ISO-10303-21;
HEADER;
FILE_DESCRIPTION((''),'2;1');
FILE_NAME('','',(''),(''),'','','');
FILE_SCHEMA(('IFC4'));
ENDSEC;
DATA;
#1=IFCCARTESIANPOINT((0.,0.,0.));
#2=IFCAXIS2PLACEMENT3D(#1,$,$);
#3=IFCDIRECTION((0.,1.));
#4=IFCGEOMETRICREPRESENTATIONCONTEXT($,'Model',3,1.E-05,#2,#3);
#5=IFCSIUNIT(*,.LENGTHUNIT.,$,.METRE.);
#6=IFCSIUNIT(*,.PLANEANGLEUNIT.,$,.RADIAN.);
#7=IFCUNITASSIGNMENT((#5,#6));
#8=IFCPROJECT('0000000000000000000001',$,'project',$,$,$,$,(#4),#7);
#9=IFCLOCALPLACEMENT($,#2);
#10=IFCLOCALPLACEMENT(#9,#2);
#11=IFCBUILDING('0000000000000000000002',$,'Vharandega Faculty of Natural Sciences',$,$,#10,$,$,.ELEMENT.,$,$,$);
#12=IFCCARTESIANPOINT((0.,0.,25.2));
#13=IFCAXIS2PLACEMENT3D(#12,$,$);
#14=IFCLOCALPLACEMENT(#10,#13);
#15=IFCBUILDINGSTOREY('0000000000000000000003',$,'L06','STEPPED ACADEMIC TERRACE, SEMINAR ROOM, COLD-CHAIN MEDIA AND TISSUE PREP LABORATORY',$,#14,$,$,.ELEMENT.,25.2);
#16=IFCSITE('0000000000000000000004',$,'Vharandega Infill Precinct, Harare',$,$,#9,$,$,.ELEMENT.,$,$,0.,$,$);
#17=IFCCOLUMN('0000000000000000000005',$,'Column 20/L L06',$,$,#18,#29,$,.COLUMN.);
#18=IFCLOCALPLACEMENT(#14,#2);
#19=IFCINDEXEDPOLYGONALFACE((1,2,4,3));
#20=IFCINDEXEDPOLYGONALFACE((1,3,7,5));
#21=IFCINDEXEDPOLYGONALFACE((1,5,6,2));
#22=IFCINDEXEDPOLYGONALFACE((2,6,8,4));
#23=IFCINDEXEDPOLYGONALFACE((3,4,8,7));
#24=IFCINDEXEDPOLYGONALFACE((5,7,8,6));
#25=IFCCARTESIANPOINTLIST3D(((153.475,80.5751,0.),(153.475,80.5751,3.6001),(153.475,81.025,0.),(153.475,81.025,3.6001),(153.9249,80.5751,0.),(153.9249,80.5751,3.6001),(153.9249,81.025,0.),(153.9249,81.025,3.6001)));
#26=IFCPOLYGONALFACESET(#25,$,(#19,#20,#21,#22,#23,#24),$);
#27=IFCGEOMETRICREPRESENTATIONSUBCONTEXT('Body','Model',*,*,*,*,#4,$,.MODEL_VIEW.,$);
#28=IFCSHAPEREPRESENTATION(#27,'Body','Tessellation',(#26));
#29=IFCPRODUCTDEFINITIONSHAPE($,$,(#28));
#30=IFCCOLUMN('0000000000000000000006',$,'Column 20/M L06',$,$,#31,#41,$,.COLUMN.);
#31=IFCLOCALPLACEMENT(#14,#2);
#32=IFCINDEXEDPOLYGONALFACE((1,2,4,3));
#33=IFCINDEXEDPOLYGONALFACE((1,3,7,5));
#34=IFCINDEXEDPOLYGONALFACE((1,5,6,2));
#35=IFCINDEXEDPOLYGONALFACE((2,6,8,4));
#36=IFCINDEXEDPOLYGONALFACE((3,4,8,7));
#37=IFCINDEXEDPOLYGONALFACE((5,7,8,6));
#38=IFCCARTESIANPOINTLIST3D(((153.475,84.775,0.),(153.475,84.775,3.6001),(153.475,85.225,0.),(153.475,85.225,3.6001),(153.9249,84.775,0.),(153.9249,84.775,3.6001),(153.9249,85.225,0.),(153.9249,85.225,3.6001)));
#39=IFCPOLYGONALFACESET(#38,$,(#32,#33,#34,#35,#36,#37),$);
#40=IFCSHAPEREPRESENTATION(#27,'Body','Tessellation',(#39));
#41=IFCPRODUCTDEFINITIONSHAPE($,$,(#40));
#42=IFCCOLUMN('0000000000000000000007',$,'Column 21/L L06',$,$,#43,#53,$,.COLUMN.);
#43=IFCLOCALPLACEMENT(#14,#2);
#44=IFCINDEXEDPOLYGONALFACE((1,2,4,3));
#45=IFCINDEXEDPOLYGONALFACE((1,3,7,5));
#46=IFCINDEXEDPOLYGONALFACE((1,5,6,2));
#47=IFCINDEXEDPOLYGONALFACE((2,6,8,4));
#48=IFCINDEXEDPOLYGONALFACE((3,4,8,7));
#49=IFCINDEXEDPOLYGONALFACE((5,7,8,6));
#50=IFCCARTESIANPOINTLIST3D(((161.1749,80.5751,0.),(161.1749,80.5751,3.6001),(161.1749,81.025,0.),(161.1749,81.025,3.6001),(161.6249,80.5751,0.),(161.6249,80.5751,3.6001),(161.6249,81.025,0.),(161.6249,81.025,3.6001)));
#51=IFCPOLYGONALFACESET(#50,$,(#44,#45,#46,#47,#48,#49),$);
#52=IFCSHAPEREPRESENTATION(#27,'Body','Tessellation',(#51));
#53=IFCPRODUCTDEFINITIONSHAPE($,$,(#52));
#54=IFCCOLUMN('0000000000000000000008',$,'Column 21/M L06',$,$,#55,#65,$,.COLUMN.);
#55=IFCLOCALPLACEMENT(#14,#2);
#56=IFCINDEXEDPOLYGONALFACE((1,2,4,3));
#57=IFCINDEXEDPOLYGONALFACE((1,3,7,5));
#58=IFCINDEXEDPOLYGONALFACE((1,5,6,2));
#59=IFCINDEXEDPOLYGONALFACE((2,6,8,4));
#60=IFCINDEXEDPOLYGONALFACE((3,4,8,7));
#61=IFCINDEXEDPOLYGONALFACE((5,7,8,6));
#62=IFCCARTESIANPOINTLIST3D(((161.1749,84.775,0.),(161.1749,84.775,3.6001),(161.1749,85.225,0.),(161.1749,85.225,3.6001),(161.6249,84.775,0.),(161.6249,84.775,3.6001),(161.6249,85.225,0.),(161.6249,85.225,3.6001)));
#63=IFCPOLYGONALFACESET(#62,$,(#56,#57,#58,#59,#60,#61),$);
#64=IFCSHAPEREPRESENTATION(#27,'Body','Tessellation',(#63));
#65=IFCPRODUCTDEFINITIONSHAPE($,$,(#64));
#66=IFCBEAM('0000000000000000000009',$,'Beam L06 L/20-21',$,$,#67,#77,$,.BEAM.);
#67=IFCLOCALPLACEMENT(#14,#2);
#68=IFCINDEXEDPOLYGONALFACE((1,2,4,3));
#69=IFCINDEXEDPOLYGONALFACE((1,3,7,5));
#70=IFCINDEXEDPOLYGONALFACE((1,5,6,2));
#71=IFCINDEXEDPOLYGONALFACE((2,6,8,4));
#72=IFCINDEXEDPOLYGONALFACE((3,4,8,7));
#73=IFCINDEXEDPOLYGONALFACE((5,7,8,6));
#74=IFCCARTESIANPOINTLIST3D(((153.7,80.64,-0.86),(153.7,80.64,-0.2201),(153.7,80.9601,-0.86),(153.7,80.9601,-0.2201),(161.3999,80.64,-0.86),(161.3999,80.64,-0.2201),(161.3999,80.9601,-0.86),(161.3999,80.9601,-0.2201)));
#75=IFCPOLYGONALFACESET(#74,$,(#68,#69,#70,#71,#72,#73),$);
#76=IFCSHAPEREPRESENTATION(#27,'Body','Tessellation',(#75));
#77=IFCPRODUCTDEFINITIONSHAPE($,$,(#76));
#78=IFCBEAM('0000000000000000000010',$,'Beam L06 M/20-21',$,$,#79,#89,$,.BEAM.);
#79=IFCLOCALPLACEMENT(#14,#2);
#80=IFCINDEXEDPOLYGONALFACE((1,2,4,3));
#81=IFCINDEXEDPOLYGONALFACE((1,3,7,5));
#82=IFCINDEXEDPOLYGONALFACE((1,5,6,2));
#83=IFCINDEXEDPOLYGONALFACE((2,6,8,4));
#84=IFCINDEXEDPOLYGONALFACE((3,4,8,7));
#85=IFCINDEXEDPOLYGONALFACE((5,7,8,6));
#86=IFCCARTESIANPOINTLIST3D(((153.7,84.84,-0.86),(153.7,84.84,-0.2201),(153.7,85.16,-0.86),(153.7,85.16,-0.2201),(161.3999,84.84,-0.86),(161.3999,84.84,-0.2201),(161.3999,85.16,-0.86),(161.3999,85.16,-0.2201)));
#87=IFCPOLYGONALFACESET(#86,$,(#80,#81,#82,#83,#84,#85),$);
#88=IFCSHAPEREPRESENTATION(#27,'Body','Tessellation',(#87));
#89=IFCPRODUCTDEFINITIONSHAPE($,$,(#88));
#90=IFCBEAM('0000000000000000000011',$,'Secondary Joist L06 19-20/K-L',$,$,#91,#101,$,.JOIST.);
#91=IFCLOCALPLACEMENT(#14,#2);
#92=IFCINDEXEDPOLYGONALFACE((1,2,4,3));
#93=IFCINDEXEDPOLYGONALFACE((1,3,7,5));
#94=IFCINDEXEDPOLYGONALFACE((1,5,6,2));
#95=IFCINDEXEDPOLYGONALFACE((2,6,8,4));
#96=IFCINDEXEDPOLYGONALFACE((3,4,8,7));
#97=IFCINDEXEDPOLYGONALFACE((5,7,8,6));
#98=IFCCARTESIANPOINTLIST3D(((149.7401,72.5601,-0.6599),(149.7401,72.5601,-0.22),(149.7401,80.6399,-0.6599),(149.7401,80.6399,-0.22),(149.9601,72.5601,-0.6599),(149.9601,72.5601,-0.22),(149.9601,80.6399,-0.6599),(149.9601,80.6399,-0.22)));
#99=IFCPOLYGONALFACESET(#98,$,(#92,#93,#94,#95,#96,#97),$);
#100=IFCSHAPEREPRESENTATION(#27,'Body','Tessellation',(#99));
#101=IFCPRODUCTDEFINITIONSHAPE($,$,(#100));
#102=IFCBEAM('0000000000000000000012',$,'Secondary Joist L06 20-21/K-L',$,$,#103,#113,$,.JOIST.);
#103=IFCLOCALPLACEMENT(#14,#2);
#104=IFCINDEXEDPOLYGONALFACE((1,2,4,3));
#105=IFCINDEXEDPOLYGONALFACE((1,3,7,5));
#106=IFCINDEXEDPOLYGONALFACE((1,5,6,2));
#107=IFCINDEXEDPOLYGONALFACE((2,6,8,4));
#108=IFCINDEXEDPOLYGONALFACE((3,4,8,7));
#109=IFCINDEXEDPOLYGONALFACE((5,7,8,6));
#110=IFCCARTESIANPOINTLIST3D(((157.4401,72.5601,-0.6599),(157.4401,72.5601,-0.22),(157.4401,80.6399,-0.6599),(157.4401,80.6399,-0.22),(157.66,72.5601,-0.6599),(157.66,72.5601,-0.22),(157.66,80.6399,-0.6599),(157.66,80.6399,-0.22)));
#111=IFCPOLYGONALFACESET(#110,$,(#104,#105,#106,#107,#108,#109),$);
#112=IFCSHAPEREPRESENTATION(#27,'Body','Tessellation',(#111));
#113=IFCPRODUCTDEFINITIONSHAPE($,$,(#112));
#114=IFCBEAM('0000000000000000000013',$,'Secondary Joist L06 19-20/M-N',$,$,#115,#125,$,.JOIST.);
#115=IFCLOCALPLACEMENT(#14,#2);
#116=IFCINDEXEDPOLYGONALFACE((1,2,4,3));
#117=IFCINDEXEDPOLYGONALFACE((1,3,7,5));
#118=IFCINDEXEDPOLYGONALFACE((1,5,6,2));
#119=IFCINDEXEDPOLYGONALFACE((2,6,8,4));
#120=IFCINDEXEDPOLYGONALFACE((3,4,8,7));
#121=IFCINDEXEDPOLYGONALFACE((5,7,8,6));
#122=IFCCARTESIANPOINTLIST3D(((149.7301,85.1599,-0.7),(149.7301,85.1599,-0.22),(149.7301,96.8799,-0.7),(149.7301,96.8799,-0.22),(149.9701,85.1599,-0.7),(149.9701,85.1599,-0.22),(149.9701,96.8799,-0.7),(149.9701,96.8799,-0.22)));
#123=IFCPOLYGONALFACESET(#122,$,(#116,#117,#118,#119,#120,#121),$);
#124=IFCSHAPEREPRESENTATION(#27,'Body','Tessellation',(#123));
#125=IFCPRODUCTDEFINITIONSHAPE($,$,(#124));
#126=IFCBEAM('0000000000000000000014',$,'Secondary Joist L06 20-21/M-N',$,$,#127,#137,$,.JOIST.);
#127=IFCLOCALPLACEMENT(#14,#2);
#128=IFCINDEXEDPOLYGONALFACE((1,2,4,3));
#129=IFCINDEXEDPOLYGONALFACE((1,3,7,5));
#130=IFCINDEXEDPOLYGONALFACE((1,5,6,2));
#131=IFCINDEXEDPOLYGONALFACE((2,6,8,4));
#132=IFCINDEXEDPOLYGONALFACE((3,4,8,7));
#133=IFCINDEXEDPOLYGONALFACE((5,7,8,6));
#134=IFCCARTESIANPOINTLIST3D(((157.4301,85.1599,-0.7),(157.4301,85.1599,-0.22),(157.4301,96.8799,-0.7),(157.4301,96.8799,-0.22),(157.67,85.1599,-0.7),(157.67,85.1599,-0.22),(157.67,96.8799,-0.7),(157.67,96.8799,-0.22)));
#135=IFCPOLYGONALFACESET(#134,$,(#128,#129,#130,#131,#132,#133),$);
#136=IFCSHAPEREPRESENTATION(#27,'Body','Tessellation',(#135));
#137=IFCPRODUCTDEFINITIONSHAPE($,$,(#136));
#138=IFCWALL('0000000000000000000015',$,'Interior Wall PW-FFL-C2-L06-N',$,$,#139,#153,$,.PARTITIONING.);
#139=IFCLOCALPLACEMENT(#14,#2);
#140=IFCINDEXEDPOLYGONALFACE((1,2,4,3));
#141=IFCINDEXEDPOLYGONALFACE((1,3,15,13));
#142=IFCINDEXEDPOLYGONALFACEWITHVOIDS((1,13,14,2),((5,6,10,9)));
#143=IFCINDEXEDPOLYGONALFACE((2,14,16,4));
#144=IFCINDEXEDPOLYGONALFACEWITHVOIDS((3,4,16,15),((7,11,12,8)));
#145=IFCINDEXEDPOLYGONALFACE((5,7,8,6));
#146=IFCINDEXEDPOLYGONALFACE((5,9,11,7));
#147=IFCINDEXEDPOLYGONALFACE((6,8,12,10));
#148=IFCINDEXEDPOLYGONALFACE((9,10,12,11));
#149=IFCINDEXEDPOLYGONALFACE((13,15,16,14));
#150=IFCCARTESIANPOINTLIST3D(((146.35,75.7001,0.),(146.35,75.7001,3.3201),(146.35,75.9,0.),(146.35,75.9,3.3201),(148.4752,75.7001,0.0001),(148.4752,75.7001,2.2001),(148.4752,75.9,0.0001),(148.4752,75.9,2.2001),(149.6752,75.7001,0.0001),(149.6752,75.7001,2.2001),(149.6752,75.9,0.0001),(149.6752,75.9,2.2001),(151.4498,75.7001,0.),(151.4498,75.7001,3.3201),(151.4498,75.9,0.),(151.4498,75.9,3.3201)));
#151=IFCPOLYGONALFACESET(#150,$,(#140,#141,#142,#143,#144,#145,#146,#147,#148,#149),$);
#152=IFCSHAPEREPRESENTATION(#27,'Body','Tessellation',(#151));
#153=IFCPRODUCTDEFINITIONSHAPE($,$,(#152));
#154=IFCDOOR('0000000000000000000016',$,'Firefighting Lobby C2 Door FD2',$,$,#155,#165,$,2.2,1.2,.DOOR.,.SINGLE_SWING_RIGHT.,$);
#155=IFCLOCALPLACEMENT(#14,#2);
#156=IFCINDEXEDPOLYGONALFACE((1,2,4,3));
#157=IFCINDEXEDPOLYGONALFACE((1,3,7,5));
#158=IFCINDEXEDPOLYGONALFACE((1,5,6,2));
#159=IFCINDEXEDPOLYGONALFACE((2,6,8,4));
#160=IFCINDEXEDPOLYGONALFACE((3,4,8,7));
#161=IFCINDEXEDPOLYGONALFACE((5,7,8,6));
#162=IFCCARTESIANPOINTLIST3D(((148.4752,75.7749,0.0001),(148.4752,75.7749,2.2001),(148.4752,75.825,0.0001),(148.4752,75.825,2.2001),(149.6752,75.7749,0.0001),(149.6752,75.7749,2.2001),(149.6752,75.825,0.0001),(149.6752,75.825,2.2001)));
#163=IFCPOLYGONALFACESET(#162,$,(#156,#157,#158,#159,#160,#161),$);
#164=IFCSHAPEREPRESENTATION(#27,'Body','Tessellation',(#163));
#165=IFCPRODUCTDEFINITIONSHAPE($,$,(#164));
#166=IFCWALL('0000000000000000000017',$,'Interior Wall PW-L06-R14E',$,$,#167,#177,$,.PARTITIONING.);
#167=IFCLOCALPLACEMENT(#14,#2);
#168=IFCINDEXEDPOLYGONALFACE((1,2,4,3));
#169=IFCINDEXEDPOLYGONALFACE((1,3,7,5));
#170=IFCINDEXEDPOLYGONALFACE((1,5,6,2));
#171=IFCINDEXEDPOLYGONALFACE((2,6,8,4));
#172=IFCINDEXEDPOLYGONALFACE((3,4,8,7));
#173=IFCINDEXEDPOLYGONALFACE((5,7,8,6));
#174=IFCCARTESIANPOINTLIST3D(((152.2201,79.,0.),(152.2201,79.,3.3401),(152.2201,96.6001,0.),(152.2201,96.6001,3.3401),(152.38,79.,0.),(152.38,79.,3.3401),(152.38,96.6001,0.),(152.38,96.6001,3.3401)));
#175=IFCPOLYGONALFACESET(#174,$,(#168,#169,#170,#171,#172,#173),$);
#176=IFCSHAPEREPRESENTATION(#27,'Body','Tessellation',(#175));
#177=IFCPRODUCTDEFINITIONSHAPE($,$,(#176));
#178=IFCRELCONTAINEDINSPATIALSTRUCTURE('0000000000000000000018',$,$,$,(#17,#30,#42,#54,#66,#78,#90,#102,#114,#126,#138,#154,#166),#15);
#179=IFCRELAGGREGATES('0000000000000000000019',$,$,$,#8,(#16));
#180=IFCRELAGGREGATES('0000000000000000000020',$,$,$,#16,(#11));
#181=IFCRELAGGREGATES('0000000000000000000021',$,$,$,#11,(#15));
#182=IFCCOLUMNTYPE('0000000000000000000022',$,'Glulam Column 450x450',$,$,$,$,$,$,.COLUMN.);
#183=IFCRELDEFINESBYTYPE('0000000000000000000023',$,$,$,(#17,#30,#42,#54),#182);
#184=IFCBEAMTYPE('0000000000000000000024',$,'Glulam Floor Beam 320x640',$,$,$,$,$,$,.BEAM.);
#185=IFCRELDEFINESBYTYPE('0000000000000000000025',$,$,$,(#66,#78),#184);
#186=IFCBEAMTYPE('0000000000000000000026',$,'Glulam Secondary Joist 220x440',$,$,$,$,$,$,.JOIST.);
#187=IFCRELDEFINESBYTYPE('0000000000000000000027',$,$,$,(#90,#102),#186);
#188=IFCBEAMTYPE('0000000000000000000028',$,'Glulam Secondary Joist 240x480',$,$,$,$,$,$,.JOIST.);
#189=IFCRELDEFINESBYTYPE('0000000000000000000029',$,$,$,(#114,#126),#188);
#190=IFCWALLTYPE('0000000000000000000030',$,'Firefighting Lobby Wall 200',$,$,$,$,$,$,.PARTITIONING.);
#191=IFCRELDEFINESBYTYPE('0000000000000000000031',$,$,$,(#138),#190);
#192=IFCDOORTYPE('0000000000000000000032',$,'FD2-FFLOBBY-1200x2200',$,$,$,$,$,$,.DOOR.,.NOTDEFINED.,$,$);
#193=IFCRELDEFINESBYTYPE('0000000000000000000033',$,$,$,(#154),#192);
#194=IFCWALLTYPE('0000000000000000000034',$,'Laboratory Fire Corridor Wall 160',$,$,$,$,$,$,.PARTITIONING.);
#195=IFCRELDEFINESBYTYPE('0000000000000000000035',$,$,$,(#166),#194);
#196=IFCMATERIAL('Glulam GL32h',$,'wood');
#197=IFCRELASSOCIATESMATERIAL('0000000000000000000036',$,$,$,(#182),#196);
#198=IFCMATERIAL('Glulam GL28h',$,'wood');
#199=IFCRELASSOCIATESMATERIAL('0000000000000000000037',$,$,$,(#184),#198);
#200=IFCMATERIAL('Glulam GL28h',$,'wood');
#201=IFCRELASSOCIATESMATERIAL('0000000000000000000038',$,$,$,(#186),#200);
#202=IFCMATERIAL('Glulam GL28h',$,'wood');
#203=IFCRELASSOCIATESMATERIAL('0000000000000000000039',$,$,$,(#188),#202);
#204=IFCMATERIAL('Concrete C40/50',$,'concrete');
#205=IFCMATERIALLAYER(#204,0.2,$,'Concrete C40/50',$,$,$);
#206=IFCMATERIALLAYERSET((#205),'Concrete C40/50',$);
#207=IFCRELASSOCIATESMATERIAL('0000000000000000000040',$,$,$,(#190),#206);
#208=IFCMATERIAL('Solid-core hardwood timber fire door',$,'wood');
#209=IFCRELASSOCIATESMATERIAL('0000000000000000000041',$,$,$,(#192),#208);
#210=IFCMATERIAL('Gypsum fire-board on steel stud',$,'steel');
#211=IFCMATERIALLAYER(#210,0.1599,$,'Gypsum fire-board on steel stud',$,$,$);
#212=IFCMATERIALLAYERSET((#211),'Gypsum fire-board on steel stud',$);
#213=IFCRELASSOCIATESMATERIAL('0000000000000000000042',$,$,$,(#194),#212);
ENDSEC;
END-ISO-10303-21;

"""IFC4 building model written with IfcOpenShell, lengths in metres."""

from ifc_helpers import new_model, si_unit, direction, frame, frame_2d, origin, origin_2d, place, context, subcontext, project, spatial, rectangle, extrude, material, layer, layer_set, material_profile, profile_set, type_object, element, fill, save


model = new_model("IFC4")

# Units and contexts
model_context = context("Model", 3, precision=1e-05, world=origin(), true_north=direction((0.0, 1.0)))
body_context = subcontext(model_context, "Body", "Model", "MODEL_VIEW")
ifc_project = project(units=[si_unit("LENGTHUNIT", "METRE"), si_unit("PLANEANGLEUNIT", "RADIAN")], contexts=[model_context])

# Site, building, storey
site_placement = place(None, origin())
site = spatial("IfcSite", under=ifc_project, at=site_placement, Name="Vharandega Infill Precinct, Harare", CompositionType="ELEMENT", RefElevation=0.0)
building_placement = place(site_placement, origin())
building = spatial("IfcBuilding", under=site, at=building_placement, Name="Vharandega Faculty of Natural Sciences", CompositionType="ELEMENT")
storey_placement = place(building_placement, frame((0.0, 0.0, 25.2)))
storey = spatial("IfcBuildingStorey", under=building, at=storey_placement, Name="L06", Description="STEPPED ACADEMIC TERRACE, SEMINAR ROOM, COLD-CHAIN MEDIA AND TISSUE PREP LABORATORY", CompositionType="ELEMENT", Elevation=25.2)

# Columns
ifc_material_1 = material(Name="Glulam GL32h", Category="wood")
ifc_material_profile_1 = material_profile(ifc_material_1, rectangle(XDim=0.45, YDim=0.45, at=origin_2d()), Name="GL32h 450x450")
ifc_profile_set_1 = profile_set([ifc_material_profile_1], Name="Glulam GL32h")
column_type = type_object("IfcColumnType", Name="Glulam Column 450x450", PredefinedType="COLUMN", material=ifc_profile_set_1)
for number, where, z_axis, x_axis, name in (
    (1, (153.7, 80.8, 0.0), (0.0, 0.0, 1.0), (1.0, 0.0, 0.0), "Column 20/L L06"),
    (2, (153.7, 85.0, 0.0), (0.0, 0.0, 1.0), (1.0, 0.0, 0.0), "Column 20/M L06"),
    (3, (161.3999, 80.8, 0.0), (0.0, 0.0, 1.0), (1.0, 0.0, 0.0), "Column 21/L L06"),
    (4, (161.3999, 85.0, 0.0), (0.0, 0.0, 1.0), (1.0, 0.0, 0.0), "Column 21/M L06"),
):
    element("IfcColumn", number, at=place(storey_placement, frame(where, z_axis=z_axis, x_axis=x_axis)), inside=storey, type_object=column_type, Name=name, PredefinedType="COLUMN", context=body_context, shape_type="SweptSolid", body=[
        extrude(rectangle(XDim=0.45, YDim=0.45, at=origin_2d()), origin(), (0.0, 0.0, 1.0), 3.6001),
    ])

# Beams
ifc_material_2 = material(Name="Glulam GL28h", Category="wood")
ifc_material_profile_2 = material_profile(ifc_material_2, rectangle(XDim=0.3201, YDim=0.6399, at=origin_2d()), Name="GL28h 320x640")
ifc_profile_set_2 = profile_set([ifc_material_profile_2], Name="Glulam GL28h")
beam_type_1 = type_object("IfcBeamType", Name="Glulam Floor Beam 320x640", PredefinedType="BEAM", material=ifc_profile_set_2)
for number, where, z_axis, x_axis, name in (
    (5, (153.7, 80.8, -0.54), (1.0, 0.0, 0.0), (0.0, 1.0, 0.0), "Beam L06 L/20-21"),
    (6, (153.7, 85.0, -0.54), (1.0, 0.0, 0.0), (0.0, 1.0, 0.0), "Beam L06 M/20-21"),
):
    element("IfcBeam", number, at=place(storey_placement, frame(where, z_axis=z_axis, x_axis=x_axis)), inside=storey, type_object=beam_type_1, Name=name, PredefinedType="BEAM", context=body_context, shape_type="SweptSolid", body=[
        extrude(rectangle(XDim=0.3201, YDim=0.6399, at=origin_2d()), origin(), (0.0, 0.0, 1.0), 7.7),
    ])
ifc_material_3 = material(Name="Glulam GL28h", Category="wood")
ifc_material_profile_3 = material_profile(ifc_material_3, rectangle(XDim=0.22, YDim=0.4399, at=origin_2d()), Name="GL28h 220x440")
ifc_profile_set_3 = profile_set([ifc_material_profile_3], Name="Glulam GL28h")
beam_type_2 = type_object("IfcBeamType", Name="Glulam Secondary Joist 220x440", PredefinedType="JOIST", material=ifc_profile_set_3)
for number, where, z_axis, x_axis, name in (
    (7, (149.8501, 72.5601, -0.4399), (0.0, 1.0, 0.0), (-1.0, 0.0, 0.0), "Secondary Joist L06 19-20/K-L"),
    (8, (157.55, 72.5601, -0.4399), (0.0, 1.0, 0.0), (-1.0, 0.0, 0.0), "Secondary Joist L06 20-21/K-L"),
):
    element("IfcBeam", number, at=place(storey_placement, frame(where, z_axis=z_axis, x_axis=x_axis)), inside=storey, type_object=beam_type_2, Name=name, PredefinedType="JOIST", context=body_context, shape_type="SweptSolid", body=[
        extrude(rectangle(XDim=0.22, YDim=0.4399, at=origin_2d()), origin(), (0.0, 0.0, 1.0), 8.0798),
    ])
ifc_material_4 = material(Name="Glulam GL28h", Category="wood")
ifc_material_profile_4 = material_profile(ifc_material_4, rectangle(XDim=0.24, YDim=0.48, at=origin_2d()), Name="GL28h 240x480")
ifc_profile_set_4 = profile_set([ifc_material_profile_4], Name="Glulam GL28h")
beam_type_3 = type_object("IfcBeamType", Name="Glulam Secondary Joist 240x480", PredefinedType="JOIST", material=ifc_profile_set_4)
for number, where, z_axis, x_axis, name in (
    (9, (149.8501, 85.1599, -0.46), (0.0, 1.0, 0.0), (-1.0, 0.0, 0.0), "Secondary Joist L06 19-20/M-N"),
    (10, (157.55, 85.1599, -0.46), (0.0, 1.0, 0.0), (-1.0, 0.0, 0.0), "Secondary Joist L06 20-21/M-N"),
):
    element("IfcBeam", number, at=place(storey_placement, frame(where, z_axis=z_axis, x_axis=x_axis)), inside=storey, type_object=beam_type_3, Name=name, PredefinedType="JOIST", context=body_context, shape_type="SweptSolid", body=[
        extrude(rectangle(XDim=0.24, YDim=0.48, at=origin_2d()), origin(), (0.0, 0.0, 1.0), 11.72),
    ])

# Wall, opening, door
ifc_material_5 = material(Name="Concrete C40/50", Category="concrete")
ifc_layer_1 = layer(ifc_material_5, 0.2, Name="Concrete C40/50")
ifc_layer_set_1 = layer_set([ifc_layer_1], Name="Concrete C40/50")
wall_type_1 = type_object("IfcWallType", Name="Firefighting Lobby Wall 200", PredefinedType="PARTITIONING", material=ifc_layer_set_1)
wall_1_placement = place(storey_placement, frame((146.3501, 75.8, 0.0), z_axis=(0.0, 0.0, 1.0), x_axis=(1.0, 0.0, 0.0)))
wall_1 = element("IfcWall", 11, at=wall_1_placement, inside=storey, type_object=wall_type_1, Name="Interior Wall PW-FFL-C2-L06-N", PredefinedType="PARTITIONING", context=body_context, shape_type="SweptSolid", body=[
    extrude(rectangle(XDim=5.0999, YDim=0.2, at=frame_2d((2.5498, 0.0))), origin(), (0.0, 0.0, 1.0), 3.3201),
])
opening_1_placement = place(wall_1_placement, frame((2.125, 0.0, 0.0)))
opening_1 = element("IfcOpeningElement", 12, at=opening_1_placement, cuts=wall_1, PredefinedType="OPENING", context=body_context, shape_type="SweptSolid", body=[
    extrude(rectangle(XDim=1.2, YDim=2.2, at=frame_2d((0.6001, 1.1001))), frame((0.0, 0.1099, 0.0), z_axis=(0.0, -1.0, 0.0), x_axis=(1.0, 0.0, 0.0)), (0.0, 0.0, 1.0), 0.22),
])
ifc_material_6 = material(Name="Solid-core hardwood timber fire door", Category="wood")
door_type_1 = type_object("IfcDoorType", Name="FD2-FFLOBBY-1200x2200", OperationType="NOTDEFINED", PredefinedType="DOOR", material=ifc_material_6)
door_1_placement = place(opening_1_placement, origin())
door_1 = element("IfcDoor", 13, at=door_1_placement, inside=storey, type_object=door_type_1, Name="Firefighting Lobby C2 Door FD2", OperationType="SINGLE_SWING_RIGHT", OverallHeight=2.2, OverallWidth=1.2, PredefinedType="DOOR", context=body_context, shape_type="SweptSolid", body=[
    extrude(rectangle(XDim=1.2, YDim=2.2, at=frame_2d((0.6001, 1.1001))), frame((0.0, 0.0249, 0.0), z_axis=(0.0, -1.0, 0.0), x_axis=(1.0, 0.0, 0.0)), (0.0, 0.0, 1.0), 0.05),
])
fill(opening_1, door_1)

# Wall
ifc_material_7 = material(Name="Gypsum fire-board on steel stud", Category="steel")
ifc_layer_2 = layer(ifc_material_7, 0.1599, Name="Gypsum fire-board on steel stud")
ifc_layer_set_2 = layer_set([ifc_layer_2], Name="Gypsum fire-board on steel stud")
wall_type_2 = type_object("IfcWallType", Name="Laboratory Fire Corridor Wall 160", PredefinedType="PARTITIONING", material=ifc_layer_set_2)
wall_2_placement = place(storey_placement, frame((152.3, 79.0, 0.0), z_axis=(0.0, 0.0, 1.0), x_axis=(0.0, 1.0, 0.0)))
element("IfcWall", 14, at=wall_2_placement, inside=storey, type_object=wall_type_2, Name="Interior Wall PW-L06-R14E", PredefinedType="PARTITIONING", context=body_context, shape_type="SweptSolid", body=[
    extrude(rectangle(XDim=17.6001, YDim=0.1599, at=frame_2d((8.8, 0.0))), origin(), (0.0, 0.0, 1.0), 3.3401),
])

save(model, "model.ifc")
